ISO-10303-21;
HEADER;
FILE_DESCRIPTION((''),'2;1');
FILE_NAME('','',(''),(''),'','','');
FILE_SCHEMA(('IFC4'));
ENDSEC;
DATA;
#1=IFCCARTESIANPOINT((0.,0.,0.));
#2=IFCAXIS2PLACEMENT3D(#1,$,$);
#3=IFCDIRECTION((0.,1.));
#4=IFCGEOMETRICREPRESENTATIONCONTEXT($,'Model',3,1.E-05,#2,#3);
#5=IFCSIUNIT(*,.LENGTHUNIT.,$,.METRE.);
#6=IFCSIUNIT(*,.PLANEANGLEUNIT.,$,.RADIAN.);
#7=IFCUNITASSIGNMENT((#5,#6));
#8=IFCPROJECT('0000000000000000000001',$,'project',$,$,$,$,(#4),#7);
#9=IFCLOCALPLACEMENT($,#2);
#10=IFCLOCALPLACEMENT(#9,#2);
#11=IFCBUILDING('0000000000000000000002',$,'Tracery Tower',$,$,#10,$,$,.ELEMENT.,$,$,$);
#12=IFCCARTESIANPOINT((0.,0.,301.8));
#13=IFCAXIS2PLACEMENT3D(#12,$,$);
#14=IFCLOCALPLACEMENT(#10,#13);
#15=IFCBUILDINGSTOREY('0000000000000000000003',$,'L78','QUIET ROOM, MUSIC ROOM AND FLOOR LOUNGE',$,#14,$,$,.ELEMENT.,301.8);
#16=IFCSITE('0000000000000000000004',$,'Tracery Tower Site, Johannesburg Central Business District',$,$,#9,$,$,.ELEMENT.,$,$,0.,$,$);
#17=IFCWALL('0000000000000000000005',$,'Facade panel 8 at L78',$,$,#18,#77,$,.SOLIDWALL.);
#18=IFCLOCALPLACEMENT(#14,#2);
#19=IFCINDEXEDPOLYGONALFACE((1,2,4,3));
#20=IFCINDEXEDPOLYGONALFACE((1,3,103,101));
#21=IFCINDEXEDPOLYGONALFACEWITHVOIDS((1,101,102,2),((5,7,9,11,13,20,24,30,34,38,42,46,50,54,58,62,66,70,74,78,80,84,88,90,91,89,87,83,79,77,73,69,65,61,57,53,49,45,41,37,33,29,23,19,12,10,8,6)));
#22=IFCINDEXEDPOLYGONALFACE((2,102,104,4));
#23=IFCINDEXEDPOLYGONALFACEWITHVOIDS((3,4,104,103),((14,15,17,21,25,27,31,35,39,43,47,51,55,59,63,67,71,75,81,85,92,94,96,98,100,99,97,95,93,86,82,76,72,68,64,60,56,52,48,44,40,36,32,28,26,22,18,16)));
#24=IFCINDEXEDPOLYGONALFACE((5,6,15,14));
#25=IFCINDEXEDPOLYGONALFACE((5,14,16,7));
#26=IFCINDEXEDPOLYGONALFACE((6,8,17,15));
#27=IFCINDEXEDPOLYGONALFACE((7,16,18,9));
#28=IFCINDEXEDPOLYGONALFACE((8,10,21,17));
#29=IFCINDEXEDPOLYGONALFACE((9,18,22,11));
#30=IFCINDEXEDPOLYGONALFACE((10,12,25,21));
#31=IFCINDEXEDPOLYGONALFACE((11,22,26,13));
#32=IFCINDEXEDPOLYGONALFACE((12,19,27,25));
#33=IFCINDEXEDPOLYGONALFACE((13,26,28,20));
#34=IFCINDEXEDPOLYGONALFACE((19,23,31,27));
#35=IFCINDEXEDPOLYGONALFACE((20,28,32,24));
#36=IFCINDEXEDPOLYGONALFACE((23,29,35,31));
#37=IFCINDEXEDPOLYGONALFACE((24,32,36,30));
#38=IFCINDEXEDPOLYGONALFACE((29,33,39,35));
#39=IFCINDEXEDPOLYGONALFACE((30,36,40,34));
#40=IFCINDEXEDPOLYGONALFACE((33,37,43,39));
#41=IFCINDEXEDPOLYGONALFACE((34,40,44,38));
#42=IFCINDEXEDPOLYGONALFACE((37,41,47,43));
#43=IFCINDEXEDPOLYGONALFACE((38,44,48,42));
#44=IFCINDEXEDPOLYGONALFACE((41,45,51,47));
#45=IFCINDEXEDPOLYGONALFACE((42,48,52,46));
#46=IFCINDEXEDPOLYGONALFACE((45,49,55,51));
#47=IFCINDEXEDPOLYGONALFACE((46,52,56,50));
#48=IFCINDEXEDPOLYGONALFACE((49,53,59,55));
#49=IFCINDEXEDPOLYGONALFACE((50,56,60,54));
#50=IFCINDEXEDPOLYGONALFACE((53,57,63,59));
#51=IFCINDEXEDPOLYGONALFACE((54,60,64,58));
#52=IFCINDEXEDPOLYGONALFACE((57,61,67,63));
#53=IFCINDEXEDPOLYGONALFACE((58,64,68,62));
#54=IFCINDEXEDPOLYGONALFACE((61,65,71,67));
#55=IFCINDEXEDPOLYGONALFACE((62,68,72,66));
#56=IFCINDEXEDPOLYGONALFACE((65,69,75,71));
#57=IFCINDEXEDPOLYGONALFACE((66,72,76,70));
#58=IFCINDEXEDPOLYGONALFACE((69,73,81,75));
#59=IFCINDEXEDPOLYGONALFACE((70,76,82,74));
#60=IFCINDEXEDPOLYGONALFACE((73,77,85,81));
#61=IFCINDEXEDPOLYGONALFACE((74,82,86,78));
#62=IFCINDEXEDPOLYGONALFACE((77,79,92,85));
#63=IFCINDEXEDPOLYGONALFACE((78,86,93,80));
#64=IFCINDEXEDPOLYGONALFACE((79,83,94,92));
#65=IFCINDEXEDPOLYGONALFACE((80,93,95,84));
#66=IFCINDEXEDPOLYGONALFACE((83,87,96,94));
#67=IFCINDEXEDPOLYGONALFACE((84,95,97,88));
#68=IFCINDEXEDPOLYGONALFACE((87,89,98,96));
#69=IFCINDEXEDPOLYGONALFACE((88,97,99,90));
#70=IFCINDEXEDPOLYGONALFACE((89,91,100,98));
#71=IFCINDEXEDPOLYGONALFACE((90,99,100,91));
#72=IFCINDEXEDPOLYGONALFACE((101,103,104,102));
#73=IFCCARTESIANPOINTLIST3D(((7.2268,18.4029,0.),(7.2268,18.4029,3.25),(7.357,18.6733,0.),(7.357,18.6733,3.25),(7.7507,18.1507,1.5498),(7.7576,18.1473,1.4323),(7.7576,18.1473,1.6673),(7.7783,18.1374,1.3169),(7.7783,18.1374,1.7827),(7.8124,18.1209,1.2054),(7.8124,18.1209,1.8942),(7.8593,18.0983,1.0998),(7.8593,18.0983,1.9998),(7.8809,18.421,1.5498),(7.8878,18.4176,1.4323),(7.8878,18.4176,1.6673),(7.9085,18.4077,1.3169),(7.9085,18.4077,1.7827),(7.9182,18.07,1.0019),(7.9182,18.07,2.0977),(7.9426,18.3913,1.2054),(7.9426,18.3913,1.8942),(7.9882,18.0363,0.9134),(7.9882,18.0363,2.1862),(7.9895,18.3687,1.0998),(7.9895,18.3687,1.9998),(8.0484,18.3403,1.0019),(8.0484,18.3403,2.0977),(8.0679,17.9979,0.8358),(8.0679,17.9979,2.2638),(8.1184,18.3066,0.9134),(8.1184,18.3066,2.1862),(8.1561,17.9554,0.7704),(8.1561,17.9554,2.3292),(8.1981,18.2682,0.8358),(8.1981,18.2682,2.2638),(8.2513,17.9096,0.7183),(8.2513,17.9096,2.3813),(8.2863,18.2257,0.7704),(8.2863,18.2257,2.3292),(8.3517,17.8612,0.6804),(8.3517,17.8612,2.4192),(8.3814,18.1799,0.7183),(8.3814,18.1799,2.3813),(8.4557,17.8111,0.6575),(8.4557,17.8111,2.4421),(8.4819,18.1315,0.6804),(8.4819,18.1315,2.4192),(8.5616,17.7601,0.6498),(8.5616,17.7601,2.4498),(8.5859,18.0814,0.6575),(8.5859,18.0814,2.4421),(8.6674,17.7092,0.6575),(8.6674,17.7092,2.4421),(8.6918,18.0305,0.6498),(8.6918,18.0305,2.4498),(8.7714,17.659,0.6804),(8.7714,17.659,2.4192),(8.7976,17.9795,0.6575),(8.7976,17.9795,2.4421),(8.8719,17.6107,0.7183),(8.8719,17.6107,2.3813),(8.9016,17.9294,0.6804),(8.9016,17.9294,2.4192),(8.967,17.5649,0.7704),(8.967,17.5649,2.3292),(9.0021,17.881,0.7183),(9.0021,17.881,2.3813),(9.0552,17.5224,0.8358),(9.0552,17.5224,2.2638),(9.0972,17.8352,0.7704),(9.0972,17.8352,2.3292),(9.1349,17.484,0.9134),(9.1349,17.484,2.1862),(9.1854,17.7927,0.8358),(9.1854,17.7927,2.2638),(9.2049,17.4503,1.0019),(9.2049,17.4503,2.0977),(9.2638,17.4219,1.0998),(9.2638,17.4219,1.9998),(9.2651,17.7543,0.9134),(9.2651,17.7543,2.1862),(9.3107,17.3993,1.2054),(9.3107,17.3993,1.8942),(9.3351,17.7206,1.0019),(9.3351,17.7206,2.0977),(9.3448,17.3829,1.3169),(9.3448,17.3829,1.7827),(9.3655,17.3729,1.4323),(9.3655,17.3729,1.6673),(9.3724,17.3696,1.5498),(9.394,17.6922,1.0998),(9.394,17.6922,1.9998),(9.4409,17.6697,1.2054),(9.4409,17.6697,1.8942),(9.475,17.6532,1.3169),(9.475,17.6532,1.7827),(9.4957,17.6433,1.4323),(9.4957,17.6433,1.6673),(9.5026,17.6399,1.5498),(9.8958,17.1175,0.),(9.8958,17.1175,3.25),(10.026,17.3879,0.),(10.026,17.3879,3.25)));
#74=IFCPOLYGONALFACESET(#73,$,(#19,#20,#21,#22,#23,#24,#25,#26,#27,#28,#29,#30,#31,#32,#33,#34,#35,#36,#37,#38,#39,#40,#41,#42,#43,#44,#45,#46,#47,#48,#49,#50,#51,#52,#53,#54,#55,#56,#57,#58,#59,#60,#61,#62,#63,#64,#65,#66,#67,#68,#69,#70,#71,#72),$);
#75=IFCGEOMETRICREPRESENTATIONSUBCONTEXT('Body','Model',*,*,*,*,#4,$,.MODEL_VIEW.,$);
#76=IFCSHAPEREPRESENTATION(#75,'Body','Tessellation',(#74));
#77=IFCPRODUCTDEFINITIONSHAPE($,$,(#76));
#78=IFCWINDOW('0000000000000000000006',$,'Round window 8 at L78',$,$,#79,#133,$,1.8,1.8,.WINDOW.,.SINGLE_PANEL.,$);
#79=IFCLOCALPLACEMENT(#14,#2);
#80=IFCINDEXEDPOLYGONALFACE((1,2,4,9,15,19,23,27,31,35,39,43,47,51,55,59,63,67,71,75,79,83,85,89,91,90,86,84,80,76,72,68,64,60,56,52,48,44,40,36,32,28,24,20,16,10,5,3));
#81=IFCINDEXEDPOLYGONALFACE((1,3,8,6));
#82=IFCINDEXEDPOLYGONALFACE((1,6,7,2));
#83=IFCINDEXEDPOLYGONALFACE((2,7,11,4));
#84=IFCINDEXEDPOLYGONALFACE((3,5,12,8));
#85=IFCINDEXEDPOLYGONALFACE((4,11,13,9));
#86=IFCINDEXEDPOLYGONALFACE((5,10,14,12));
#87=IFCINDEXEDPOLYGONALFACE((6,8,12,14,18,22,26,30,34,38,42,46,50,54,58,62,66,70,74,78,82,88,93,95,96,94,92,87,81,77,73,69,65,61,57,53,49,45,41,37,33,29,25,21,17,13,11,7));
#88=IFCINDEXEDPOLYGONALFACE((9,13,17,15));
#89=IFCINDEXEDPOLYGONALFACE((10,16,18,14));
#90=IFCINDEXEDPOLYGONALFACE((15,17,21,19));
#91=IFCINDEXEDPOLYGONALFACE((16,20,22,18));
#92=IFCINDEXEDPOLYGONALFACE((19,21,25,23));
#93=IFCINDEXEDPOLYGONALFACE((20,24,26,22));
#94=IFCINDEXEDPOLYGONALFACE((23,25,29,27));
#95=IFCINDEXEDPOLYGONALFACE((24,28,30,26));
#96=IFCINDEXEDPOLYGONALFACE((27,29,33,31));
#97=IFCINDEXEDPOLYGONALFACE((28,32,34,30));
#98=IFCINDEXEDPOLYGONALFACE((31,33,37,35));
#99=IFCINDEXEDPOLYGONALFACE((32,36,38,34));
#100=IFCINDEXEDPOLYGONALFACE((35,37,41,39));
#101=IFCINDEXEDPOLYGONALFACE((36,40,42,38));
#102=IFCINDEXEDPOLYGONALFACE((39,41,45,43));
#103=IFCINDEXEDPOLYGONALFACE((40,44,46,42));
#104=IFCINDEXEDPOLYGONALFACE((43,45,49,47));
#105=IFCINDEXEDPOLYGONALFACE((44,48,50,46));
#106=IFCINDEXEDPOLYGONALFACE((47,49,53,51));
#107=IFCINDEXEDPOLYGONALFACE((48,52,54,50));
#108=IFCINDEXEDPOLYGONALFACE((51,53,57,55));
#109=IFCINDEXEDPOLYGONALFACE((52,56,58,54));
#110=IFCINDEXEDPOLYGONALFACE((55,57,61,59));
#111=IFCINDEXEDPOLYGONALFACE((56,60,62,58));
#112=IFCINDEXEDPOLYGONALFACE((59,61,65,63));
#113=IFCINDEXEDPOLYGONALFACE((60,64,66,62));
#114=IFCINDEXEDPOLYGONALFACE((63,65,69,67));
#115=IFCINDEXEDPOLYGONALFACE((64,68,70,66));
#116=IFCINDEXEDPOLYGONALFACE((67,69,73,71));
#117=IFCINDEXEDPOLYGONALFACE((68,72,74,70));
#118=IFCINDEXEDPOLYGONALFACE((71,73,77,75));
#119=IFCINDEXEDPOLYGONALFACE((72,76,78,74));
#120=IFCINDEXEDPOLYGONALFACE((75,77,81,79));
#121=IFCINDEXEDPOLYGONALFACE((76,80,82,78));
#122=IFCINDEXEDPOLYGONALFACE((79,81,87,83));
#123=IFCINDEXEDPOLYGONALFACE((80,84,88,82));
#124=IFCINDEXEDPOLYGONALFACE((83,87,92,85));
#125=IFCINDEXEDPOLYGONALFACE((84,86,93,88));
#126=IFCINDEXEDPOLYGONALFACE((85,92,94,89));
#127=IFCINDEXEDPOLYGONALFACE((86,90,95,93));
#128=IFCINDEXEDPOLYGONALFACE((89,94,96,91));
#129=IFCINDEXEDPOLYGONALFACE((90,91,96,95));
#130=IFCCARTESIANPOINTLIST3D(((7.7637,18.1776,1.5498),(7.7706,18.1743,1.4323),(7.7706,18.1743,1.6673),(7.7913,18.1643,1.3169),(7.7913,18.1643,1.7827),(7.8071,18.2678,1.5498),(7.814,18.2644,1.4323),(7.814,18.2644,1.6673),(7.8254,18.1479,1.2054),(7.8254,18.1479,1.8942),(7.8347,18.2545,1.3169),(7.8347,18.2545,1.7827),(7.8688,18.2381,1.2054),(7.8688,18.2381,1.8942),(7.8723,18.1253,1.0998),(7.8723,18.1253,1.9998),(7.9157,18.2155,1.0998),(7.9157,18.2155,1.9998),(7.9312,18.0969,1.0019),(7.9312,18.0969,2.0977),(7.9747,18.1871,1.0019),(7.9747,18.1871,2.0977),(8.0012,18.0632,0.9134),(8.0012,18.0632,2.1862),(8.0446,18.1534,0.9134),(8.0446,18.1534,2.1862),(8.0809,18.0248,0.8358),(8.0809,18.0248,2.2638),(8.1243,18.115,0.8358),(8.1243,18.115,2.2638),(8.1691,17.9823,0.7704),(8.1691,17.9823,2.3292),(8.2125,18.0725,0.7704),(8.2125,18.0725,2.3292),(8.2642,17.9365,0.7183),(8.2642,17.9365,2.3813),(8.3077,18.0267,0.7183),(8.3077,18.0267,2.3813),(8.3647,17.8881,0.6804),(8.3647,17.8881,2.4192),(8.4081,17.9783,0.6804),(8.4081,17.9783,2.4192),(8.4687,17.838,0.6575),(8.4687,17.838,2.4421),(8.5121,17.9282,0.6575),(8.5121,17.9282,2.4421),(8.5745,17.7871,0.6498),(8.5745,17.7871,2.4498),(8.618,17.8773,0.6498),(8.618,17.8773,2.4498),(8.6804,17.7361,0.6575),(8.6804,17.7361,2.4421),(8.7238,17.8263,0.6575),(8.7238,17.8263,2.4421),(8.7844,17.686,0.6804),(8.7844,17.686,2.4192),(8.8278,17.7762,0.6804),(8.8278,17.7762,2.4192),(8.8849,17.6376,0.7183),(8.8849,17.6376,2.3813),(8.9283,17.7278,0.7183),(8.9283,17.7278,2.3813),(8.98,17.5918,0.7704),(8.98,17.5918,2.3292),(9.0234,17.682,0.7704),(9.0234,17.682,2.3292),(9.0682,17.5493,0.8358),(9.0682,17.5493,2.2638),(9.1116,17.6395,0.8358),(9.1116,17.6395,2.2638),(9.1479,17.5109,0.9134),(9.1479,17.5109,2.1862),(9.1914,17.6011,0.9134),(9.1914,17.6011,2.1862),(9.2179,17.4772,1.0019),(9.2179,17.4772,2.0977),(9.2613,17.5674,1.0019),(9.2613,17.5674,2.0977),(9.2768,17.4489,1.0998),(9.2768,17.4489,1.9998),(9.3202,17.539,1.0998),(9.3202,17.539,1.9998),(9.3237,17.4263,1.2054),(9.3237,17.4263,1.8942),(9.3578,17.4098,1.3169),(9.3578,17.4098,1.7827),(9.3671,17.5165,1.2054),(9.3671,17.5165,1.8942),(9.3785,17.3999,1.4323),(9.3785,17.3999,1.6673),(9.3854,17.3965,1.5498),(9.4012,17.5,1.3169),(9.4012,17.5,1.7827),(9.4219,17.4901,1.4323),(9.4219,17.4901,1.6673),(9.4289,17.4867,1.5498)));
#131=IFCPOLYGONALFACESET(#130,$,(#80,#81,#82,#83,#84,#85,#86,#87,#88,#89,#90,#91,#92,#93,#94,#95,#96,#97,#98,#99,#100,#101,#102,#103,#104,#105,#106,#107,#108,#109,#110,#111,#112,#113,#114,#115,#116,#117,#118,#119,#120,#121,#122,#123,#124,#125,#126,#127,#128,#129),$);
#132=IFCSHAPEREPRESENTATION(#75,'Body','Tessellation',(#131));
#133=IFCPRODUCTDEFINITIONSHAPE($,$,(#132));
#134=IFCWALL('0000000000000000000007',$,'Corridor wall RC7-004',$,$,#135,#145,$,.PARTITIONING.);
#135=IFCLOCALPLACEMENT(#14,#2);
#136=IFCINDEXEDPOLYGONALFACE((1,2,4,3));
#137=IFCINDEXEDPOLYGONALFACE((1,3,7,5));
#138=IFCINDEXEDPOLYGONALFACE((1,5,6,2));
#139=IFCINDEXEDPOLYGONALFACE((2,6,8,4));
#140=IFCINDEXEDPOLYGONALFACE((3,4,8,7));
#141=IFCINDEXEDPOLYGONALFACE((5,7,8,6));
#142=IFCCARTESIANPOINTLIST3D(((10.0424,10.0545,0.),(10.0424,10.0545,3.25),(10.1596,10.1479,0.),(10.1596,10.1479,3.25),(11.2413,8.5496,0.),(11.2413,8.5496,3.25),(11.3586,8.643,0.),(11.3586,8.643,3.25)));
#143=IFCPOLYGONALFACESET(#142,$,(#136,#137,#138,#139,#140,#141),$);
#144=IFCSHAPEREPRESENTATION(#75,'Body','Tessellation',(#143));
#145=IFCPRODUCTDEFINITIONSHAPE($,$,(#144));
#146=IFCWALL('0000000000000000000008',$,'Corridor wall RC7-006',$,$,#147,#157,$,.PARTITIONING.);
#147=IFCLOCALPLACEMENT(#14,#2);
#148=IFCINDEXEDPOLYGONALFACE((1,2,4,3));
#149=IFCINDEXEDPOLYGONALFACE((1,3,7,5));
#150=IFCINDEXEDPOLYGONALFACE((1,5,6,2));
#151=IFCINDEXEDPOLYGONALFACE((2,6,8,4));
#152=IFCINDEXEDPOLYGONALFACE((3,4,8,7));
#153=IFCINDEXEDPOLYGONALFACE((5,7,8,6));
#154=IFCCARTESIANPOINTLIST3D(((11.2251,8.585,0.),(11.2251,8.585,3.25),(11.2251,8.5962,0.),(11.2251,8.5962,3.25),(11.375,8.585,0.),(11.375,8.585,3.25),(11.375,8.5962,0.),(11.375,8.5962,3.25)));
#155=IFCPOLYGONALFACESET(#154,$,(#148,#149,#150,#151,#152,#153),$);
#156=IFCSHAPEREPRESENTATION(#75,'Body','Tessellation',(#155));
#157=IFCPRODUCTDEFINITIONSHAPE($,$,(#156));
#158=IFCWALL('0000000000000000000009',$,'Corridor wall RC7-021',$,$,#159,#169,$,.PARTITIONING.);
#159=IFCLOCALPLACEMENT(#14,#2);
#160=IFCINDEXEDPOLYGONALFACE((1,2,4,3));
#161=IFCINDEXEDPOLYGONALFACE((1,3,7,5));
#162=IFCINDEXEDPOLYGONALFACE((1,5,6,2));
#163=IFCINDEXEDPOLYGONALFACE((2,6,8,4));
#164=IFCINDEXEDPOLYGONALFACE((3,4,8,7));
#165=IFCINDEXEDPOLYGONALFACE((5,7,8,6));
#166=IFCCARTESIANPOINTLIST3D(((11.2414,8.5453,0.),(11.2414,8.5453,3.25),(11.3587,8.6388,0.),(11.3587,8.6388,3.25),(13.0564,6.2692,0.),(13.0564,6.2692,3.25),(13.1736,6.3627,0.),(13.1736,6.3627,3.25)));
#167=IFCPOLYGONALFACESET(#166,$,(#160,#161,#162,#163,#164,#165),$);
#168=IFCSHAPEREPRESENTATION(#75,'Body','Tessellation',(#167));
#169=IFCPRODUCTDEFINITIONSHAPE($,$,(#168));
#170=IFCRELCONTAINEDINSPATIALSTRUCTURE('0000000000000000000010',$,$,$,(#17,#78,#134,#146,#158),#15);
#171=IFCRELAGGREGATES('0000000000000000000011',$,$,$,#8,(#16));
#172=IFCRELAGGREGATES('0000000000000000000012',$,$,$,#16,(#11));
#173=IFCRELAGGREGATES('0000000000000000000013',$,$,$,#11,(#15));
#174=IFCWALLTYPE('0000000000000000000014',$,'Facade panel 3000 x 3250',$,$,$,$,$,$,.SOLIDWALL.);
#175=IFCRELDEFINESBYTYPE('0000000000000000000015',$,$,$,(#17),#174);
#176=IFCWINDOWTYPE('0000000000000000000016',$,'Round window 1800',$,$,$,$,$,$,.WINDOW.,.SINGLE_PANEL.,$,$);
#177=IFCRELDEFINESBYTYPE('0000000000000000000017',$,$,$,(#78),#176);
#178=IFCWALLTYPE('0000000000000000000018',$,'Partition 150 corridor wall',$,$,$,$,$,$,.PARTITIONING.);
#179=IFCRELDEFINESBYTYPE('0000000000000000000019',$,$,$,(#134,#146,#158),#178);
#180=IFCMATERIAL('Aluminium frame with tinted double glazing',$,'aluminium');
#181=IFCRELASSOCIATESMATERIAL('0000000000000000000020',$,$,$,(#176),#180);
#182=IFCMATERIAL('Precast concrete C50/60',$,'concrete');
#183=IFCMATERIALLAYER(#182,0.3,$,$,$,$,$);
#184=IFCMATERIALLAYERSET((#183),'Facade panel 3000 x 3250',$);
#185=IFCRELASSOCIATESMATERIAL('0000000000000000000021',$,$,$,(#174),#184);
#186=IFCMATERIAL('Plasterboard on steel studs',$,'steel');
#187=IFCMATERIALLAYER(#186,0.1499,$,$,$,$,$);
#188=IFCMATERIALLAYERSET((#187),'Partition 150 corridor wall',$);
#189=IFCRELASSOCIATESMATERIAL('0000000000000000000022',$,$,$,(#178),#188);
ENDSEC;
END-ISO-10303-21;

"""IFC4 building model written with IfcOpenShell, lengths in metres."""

from ifc_helpers import new_model, si_unit, direction, frame, frame_2d, origin, origin_2d, place, context, subcontext, project, spatial, rectangle, circle, extrude, material, layer, layer_set, type_object, element, fill, save


model = new_model("IFC4")

# Units and contexts
model_context = context("Model", 3, precision=1e-05, world=origin(), true_north=direction((0.0, 1.0)))
body_context = subcontext(model_context, "Body", "Model", "MODEL_VIEW")
ifc_project = project(units=[si_unit("LENGTHUNIT", "METRE"), si_unit("PLANEANGLEUNIT", "RADIAN")], contexts=[model_context])

# Site, building, storey
site_placement = place(None, origin())
site = spatial("IfcSite", under=ifc_project, at=site_placement, Name="Tracery Tower Site, Johannesburg Central Business District", CompositionType="ELEMENT", RefElevation=0.0)
building_placement = place(site_placement, origin())
building = spatial("IfcBuilding", under=site, at=building_placement, Name="Tracery Tower", CompositionType="ELEMENT")
storey_placement = place(building_placement, frame((0.0, 0.0, 301.8)))
storey = spatial("IfcBuildingStorey", under=building, at=storey_placement, Name="L78", Description="QUIET ROOM, MUSIC ROOM AND FLOOR LOUNGE", CompositionType="ELEMENT", Elevation=301.8)

# Wall, opening, window
ifc_material_1 = material(Name="Aluminium frame with tinted double glazing", Category="aluminium")
window_type = type_object("IfcWindowType", Name="Round window 1800", PartitioningType="SINGLE_PANEL", PredefinedType="WINDOW", material=ifc_material_1)
ifc_material_2 = material(Name="Precast concrete C50/60", Category="concrete")
ifc_layer_1 = layer(ifc_material_2, 0.3)
ifc_layer_set_1 = layer_set([ifc_layer_1], Name="Facade panel 3000 x 3250")
wall_type_1 = type_object("IfcWallType", Name="Facade panel 3000 x 3250", PredefinedType="SOLIDWALL", material=ifc_layer_set_1)
wall_1_placement = place(storey_placement, frame((9.9609, 17.2527, 0.0), z_axis=(0.0, 0.0, 1.0), x_axis=(-0.900955, 0.433912, 0.0)))
wall_1 = element("IfcWall", 1, at=wall_1_placement, inside=storey, type_object=wall_type_1, Name="Facade panel 8 at L78", PredefinedType="SOLIDWALL", context=body_context, shape_type="SweptSolid", body=[
    extrude(rectangle(XDim=2.9624, YDim=0.3, at=frame_2d((1.4812, 0.0))), origin(), (0.0, 0.0, 1.0), 3.25),
])
opening_1_placement = place(wall_1_placement, frame((1.481, 0.0, 1.5498)))
opening_1 = element("IfcOpeningElement", 2, at=opening_1_placement, cuts=wall_1, PredefinedType="OPENING", context=body_context, shape_type="SweptSolid", body=[
    extrude(circle(Radius=0.9, at=origin_2d()), frame((0.0, 0.1599, 0.0), z_axis=(0.0, -1.0, 0.0), x_axis=(1.0, 0.0, 0.0)), (0.0, 0.0, 1.0), 0.3201),
])
window_1_placement = place(opening_1_placement, origin())
window_1 = element("IfcWindow", 3, at=window_1_placement, inside=storey, type_object=window_type, Name="Round window 8 at L78", OverallHeight=1.8, OverallWidth=1.8, PartitioningType="SINGLE_PANEL", PredefinedType="WINDOW", context=body_context, shape_type="SweptSolid", body=[
    extrude(circle(Radius=0.9, at=origin_2d()), frame((0.0, 0.1201, 0.0), z_axis=(0.0, -1.0, 0.0), x_axis=(1.0, 0.0, 0.0)), (0.0, 0.0, 1.0), 0.1001),
])
fill(opening_1, window_1)

# Walls
ifc_material_3 = material(Name="Plasterboard on steel studs", Category="steel")
ifc_layer_2 = layer(ifc_material_3, 0.1499)
ifc_layer_set_2 = layer_set([ifc_layer_2], Name="Partition 150 corridor wall")
wall_type_2 = type_object("IfcWallType", Name="Partition 150 corridor wall", PredefinedType="PARTITIONING", material=ifc_layer_set_2)
wall_2_placement = place(storey_placement, frame((10.1011, 10.1011, 0.0), z_axis=(0.0, 0.0, 1.0), x_axis=(0.623131, -0.782118, 0.0)))
element("IfcWall", 4, at=wall_2_placement, inside=storey, type_object=wall_type_2, Name="Corridor wall RC7-004", PredefinedType="PARTITIONING", context=body_context, shape_type="SweptSolid", body=[
    extrude(rectangle(XDim=1.9241, YDim=0.1499, at=frame_2d((0.9619, 0.0))), origin(), (0.0, 0.0, 1.0), 3.25),
])
wall_3_placement = place(storey_placement, frame((11.3, 8.585, 0.0), z_axis=(0.0, 0.0, 1.0), x_axis=(0.0, 1.0, 0.0)))
element("IfcWall", 5, at=wall_3_placement, inside=storey, type_object=wall_type_2, Name="Corridor wall RC7-006", PredefinedType="PARTITIONING", context=body_context, shape_type="SweptSolid", body=[
    extrude(rectangle(XDim=0.0112, YDim=0.1499, at=frame_2d((0.0056, 0.0))), origin(), (0.0, 0.0, 1.0), 3.25),
])
wall_4_placement = place(storey_placement, frame((11.3, 8.592, 0.0), z_axis=(0.0, 0.0, 1.0), x_axis=(0.623447, -0.781866, 0.0)))
element("IfcWall", 6, at=wall_4_placement, inside=storey, type_object=wall_type_2, Name="Corridor wall RC7-021", PredefinedType="PARTITIONING", context=body_context, shape_type="SweptSolid", body=[
    extrude(rectangle(XDim=2.9111, YDim=0.1499, at=frame_2d((1.4556, 0.0))), origin(), (0.0, 0.0, 1.0), 3.25),
])

save(model, "model.ifc")
